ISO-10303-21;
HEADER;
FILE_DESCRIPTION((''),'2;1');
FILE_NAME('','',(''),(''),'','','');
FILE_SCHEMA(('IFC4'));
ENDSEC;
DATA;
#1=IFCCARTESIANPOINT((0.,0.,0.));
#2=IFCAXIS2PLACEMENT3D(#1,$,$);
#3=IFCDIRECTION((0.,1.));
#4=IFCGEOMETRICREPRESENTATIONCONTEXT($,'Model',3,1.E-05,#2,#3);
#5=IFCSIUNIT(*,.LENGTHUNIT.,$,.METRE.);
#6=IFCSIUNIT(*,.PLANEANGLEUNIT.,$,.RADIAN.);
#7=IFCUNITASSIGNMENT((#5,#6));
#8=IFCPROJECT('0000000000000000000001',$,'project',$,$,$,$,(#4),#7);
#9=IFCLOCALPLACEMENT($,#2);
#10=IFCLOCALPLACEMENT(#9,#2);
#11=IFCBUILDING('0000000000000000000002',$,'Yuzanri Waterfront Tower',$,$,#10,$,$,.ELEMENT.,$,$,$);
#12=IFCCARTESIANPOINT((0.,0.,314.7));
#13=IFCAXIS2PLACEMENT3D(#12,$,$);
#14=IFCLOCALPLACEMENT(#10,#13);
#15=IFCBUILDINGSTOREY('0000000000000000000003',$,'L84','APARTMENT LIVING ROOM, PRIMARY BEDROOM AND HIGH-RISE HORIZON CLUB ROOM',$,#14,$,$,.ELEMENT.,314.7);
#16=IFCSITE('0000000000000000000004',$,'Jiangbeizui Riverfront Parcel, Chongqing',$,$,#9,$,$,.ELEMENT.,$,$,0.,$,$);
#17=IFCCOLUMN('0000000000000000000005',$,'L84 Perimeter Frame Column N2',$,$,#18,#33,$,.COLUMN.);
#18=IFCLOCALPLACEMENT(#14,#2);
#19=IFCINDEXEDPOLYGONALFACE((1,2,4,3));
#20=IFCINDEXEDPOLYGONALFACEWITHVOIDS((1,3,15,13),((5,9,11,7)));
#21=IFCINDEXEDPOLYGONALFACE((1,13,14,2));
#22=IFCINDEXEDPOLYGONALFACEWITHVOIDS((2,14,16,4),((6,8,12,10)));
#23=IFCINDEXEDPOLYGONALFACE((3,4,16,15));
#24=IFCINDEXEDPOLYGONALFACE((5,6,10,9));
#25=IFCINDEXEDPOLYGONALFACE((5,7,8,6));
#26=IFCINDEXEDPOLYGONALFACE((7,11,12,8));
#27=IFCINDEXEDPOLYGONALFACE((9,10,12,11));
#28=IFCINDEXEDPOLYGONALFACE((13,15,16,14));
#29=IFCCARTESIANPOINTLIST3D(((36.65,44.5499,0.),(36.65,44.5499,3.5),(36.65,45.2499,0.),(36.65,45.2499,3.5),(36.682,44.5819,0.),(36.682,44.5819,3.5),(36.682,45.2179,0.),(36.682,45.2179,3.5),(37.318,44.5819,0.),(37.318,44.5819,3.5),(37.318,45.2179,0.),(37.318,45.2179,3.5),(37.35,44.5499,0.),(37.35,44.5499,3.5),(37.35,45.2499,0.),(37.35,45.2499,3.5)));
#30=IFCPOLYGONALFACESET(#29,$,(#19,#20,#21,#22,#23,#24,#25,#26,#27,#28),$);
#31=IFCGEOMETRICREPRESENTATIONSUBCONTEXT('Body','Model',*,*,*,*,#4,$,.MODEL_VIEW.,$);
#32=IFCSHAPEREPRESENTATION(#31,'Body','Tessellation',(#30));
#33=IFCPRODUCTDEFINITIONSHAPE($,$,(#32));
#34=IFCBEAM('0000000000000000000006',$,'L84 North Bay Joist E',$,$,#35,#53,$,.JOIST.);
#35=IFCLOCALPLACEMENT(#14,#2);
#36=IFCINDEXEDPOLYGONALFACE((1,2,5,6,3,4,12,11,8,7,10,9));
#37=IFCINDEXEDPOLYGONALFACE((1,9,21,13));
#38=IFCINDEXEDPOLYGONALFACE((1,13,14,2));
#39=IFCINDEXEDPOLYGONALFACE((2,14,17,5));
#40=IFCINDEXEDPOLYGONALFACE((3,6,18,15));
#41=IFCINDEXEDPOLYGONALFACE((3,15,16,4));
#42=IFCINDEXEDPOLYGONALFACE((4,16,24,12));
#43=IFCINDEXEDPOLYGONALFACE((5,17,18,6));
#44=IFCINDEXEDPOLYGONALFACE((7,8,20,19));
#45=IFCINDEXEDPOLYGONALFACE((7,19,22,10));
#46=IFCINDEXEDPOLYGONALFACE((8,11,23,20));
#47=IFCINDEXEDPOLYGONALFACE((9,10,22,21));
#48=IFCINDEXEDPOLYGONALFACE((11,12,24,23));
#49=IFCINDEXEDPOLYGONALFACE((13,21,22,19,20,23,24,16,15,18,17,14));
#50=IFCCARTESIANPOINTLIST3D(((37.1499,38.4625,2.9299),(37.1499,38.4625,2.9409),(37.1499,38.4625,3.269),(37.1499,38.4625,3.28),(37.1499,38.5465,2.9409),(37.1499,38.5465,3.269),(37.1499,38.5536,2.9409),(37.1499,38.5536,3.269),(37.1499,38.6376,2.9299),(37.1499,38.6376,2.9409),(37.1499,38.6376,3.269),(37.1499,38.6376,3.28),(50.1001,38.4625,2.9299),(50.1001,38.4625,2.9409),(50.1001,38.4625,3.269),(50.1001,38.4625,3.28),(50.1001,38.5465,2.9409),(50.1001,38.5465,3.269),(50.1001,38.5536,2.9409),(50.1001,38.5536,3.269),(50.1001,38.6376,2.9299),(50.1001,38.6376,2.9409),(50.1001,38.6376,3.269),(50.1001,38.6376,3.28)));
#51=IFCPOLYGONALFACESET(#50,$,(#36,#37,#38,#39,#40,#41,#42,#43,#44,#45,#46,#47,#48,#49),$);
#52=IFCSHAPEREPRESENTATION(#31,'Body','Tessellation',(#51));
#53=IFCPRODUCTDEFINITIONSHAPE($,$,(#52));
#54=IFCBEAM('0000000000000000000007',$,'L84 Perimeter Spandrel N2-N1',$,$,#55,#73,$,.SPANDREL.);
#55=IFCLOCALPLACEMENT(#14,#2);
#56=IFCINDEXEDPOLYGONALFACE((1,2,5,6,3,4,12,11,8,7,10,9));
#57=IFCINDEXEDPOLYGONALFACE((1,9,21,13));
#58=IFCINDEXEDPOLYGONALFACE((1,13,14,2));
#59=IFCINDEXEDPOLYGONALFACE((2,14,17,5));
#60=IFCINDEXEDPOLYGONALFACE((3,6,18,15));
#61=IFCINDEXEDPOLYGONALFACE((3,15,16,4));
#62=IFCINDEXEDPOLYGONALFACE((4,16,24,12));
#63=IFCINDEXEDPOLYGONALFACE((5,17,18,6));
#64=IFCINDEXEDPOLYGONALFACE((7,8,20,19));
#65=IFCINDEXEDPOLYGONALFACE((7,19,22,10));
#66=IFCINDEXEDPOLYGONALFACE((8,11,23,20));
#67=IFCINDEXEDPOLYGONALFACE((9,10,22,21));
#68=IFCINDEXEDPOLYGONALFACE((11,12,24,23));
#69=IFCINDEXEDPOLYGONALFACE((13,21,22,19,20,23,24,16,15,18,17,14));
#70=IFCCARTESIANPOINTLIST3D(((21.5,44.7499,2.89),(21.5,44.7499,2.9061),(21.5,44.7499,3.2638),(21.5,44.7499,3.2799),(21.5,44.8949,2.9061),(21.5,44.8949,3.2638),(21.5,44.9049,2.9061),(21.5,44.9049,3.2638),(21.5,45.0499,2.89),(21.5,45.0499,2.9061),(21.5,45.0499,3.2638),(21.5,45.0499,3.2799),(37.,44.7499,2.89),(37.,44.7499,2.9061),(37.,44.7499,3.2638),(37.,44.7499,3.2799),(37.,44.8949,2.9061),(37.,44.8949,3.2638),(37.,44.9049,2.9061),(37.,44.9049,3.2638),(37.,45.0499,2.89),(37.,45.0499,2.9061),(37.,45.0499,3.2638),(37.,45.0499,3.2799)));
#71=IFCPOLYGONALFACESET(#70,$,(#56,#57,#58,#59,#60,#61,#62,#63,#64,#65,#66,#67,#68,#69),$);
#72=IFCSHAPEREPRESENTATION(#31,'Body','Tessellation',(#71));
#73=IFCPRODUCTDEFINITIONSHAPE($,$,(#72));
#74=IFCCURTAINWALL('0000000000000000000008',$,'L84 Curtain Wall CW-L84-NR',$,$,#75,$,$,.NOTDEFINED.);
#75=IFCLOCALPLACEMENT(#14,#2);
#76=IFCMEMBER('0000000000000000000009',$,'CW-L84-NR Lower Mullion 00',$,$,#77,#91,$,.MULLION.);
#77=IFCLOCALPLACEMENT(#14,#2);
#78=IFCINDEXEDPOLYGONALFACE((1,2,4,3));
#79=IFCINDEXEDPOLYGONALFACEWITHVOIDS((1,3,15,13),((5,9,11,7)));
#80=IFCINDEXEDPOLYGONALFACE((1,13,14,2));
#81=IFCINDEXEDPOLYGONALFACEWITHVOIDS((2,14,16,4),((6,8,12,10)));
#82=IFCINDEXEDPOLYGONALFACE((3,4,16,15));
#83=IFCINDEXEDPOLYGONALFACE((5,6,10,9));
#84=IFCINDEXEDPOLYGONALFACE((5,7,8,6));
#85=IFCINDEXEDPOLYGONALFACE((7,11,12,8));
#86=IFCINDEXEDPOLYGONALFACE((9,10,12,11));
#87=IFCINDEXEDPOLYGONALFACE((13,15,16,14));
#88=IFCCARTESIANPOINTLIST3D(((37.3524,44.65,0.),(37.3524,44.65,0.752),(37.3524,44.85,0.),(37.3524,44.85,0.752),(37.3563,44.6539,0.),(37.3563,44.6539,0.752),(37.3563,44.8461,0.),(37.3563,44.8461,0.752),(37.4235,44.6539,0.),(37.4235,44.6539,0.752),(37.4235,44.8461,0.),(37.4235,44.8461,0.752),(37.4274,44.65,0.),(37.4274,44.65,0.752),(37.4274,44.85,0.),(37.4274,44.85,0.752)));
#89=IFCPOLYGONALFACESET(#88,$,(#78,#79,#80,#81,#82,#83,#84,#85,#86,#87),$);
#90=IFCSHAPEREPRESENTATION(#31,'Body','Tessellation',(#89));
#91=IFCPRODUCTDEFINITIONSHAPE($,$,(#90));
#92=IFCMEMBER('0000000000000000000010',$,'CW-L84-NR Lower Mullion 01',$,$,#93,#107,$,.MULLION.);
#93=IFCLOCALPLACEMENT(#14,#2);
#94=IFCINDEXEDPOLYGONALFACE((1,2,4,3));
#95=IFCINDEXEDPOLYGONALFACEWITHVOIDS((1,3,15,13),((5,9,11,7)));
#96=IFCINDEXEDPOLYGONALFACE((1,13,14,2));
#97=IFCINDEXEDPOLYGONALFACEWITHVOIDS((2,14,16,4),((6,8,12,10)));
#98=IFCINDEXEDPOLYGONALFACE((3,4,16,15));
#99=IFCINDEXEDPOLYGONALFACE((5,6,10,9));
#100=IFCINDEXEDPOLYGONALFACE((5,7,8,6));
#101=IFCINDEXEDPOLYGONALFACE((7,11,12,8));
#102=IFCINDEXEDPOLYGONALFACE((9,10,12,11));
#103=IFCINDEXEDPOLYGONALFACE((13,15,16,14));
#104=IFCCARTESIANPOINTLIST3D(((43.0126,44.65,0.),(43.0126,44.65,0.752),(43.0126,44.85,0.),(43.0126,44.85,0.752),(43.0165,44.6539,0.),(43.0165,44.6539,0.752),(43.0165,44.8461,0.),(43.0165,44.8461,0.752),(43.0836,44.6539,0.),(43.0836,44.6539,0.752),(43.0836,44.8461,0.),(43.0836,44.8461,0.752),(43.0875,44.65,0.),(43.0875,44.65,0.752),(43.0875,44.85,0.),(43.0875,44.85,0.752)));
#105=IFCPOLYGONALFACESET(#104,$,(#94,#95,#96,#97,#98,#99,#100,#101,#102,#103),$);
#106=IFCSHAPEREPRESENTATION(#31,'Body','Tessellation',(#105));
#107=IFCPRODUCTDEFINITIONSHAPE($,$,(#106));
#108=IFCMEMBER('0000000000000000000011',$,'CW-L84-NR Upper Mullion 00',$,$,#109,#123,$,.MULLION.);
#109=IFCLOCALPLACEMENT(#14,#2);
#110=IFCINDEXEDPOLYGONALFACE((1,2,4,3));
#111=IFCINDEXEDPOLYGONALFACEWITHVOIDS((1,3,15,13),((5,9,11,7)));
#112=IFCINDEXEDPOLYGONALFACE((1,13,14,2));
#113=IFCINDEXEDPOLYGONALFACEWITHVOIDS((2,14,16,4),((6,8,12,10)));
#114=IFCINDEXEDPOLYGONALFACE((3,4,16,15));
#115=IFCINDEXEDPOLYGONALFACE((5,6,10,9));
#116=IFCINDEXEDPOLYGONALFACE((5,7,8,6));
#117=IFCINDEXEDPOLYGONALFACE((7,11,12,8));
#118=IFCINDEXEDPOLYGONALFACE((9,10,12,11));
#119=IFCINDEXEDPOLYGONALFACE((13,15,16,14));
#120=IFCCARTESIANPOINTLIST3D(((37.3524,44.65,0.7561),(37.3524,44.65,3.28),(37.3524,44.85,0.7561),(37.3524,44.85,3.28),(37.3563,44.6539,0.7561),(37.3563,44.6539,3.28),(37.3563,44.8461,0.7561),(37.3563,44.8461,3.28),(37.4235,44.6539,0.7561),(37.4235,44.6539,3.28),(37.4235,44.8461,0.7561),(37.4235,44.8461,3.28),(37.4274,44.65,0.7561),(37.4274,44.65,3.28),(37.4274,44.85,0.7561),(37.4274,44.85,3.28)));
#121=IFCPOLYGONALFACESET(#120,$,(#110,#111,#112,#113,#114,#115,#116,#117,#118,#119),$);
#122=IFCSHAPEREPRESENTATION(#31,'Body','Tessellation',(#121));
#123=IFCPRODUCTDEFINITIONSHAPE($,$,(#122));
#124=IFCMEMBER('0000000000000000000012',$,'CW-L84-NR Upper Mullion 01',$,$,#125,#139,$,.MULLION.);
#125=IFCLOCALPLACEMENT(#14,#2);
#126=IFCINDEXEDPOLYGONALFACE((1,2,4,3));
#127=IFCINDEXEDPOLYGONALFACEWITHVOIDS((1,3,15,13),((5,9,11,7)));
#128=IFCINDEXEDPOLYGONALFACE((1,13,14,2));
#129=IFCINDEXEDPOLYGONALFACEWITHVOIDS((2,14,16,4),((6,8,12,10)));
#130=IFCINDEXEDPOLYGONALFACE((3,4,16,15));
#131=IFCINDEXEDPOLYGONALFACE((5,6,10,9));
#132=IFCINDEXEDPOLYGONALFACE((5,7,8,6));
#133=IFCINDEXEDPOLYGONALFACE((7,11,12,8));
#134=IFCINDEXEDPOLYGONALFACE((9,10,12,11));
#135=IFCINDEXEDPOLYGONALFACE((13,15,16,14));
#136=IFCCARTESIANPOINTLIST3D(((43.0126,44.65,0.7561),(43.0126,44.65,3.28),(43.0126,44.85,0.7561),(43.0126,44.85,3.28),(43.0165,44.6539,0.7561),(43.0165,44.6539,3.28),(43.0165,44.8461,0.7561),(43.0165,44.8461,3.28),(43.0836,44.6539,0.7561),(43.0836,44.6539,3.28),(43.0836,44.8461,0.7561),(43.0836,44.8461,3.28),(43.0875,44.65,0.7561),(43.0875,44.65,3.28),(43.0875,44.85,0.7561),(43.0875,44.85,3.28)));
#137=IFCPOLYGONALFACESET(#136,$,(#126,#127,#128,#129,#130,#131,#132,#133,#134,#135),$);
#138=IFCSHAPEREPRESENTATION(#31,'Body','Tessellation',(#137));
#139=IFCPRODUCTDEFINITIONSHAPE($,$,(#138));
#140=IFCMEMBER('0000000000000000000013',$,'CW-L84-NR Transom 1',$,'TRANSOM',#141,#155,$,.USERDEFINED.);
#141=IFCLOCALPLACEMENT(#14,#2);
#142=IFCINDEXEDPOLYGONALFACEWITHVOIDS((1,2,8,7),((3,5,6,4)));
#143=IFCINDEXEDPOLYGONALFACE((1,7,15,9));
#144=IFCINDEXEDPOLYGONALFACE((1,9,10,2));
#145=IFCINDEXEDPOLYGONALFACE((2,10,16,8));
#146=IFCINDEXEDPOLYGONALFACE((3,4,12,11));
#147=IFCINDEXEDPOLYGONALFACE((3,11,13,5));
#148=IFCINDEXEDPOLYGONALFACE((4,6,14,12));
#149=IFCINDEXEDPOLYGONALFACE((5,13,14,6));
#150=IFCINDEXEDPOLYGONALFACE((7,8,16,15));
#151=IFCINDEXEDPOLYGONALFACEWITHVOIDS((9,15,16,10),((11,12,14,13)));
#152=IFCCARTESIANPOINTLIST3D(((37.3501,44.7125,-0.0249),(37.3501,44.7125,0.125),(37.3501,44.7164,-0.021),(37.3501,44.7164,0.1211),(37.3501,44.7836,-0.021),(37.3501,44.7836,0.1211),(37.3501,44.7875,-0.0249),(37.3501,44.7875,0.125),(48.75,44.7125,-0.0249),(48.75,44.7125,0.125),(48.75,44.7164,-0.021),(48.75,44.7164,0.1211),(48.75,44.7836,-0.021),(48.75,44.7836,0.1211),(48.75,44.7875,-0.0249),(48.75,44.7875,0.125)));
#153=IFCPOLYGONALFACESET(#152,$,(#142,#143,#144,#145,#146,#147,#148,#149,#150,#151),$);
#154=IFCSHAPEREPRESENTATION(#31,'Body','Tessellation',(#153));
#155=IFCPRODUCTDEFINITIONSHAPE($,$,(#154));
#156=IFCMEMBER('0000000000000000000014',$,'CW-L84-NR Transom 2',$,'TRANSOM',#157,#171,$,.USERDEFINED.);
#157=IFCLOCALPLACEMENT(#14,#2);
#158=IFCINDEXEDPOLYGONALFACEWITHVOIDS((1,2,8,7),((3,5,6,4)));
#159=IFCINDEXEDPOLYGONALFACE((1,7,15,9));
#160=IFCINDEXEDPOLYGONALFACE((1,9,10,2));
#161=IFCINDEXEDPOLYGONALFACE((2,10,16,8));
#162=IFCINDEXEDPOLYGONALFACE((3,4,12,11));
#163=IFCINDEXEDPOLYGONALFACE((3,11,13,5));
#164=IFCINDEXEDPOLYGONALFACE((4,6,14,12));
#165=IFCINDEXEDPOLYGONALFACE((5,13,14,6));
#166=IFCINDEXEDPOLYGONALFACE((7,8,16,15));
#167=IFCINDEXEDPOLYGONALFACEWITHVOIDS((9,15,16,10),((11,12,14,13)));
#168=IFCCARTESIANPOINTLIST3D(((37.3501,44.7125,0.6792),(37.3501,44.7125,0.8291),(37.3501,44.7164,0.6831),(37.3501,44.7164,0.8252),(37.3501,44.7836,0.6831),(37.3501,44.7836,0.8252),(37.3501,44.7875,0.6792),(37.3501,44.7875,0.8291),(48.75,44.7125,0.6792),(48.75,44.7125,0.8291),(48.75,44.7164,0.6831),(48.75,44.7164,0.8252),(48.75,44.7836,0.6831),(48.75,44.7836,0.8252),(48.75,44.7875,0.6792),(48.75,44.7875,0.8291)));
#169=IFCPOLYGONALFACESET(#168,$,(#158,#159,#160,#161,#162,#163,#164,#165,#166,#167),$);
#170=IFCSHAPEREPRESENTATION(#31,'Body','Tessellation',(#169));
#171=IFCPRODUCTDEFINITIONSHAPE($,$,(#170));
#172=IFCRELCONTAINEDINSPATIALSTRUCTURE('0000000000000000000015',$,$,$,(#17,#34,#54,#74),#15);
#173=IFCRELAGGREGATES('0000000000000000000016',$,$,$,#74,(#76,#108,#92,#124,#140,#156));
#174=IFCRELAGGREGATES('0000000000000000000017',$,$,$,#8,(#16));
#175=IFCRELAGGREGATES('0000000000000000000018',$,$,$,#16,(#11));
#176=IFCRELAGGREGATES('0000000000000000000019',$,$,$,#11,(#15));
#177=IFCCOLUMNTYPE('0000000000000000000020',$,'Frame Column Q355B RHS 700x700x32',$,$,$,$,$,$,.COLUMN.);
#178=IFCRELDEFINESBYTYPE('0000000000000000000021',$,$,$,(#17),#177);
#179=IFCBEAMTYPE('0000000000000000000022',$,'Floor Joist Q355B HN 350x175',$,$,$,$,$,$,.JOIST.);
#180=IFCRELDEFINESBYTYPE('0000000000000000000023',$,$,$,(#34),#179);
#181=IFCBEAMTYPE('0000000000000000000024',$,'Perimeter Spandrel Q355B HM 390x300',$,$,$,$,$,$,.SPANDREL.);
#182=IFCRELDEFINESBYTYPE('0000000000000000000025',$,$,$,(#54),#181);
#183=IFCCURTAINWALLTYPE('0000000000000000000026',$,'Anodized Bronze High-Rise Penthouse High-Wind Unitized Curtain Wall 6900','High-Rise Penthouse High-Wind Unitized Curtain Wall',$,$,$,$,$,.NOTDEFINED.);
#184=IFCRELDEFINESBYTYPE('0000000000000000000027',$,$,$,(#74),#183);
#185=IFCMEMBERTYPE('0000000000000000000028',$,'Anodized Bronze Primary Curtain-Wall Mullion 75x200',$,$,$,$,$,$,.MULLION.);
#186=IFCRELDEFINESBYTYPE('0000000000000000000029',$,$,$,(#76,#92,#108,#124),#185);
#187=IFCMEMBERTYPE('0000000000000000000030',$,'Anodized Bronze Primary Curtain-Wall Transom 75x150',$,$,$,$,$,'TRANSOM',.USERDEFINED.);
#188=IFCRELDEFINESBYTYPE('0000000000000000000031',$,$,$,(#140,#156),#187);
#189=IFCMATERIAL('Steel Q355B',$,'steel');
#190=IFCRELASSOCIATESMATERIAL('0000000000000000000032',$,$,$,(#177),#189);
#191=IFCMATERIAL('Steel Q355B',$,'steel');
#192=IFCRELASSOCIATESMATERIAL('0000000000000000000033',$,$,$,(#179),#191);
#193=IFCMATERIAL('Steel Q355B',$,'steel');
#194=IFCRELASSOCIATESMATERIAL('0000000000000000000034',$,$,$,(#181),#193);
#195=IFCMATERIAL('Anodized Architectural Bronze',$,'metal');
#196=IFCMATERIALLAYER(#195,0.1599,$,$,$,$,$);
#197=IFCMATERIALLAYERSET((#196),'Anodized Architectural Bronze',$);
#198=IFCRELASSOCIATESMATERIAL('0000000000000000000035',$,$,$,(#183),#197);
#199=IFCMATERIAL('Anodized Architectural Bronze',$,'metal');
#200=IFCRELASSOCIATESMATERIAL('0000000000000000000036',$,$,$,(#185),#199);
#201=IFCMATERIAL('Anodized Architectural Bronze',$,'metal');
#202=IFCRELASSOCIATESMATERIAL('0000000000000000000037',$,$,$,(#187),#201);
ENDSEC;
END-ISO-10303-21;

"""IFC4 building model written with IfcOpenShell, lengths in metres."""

from ifc_helpers import new_model, si_unit, direction, frame, origin, origin_2d, place, context, subcontext, project, spatial, hollow_rectangle, i_section, extrude, source, transform, mapped, material, layer, layer_set, material_profile, profile_set, type_object, element, aggregate, save


model = new_model("IFC4")

# Units and contexts
model_context = context("Model", 3, precision=1e-05, world=origin(), true_north=direction((0.0, 1.0)))
body_context = subcontext(model_context, "Body", "Model", "MODEL_VIEW")
ifc_project = project(units=[si_unit("LENGTHUNIT", "METRE"), si_unit("PLANEANGLEUNIT", "RADIAN")], contexts=[model_context])

# Site, building, storey
site_placement = place(None, origin())
site = spatial("IfcSite", under=ifc_project, at=site_placement, Name="Jiangbeizui Riverfront Parcel, Chongqing", CompositionType="ELEMENT", RefElevation=0.0)
building_placement = place(site_placement, origin())
building = spatial("IfcBuilding", under=site, at=building_placement, Name="Yuzanri Waterfront Tower", CompositionType="ELEMENT")
storey_placement = place(building_placement, frame((0.0, 0.0, 314.7)))
storey = spatial("IfcBuildingStorey", under=building, at=storey_placement, Name="L84", Description="APARTMENT LIVING ROOM, PRIMARY BEDROOM AND HIGH-RISE HORIZON CLUB ROOM", CompositionType="ELEMENT", Elevation=314.7)

# Column
ifc_material_1 = material(Name="Steel Q355B", Category="steel")
ifc_material_profile_1 = material_profile(ifc_material_1, hollow_rectangle(XDim=0.7, YDim=0.7, WallThickness=0.032, at=origin_2d()), Name="RHS 700x700x32")
ifc_profile_set_1 = profile_set([ifc_material_profile_1], Name="Steel Q355B")
column_type = type_object("IfcColumnType", Name="Frame Column Q355B RHS 700x700x32", PredefinedType="COLUMN", material=ifc_profile_set_1)
shared_shape_1 = source(origin(), body_context, "Body", "SweptSolid", [
    extrude(hollow_rectangle(XDim=0.7, YDim=0.7, WallThickness=0.032, at=origin_2d()), origin(), (0.0, 0.0, 1.0), 3.5),
])
column_placement = place(storey_placement, frame((37.0, 44.8999, 0.0), z_axis=(0.0, 0.0, 1.0), x_axis=(1.0, 0.0, 0.0)))
element("IfcColumn", 1, at=column_placement, inside=storey, type_object=column_type, Name="L84 Perimeter Frame Column N2", PredefinedType="COLUMN", context=body_context, shape_type="MappedRepresentation", body=[
    mapped(shared_shape_1, transform((0.0, 0.0, 0.0), scale=1.0)),
])

# Beams
ifc_material_2 = material(Name="Steel Q355B", Category="steel")
ifc_material_profile_2 = material_profile(ifc_material_2, i_section(OverallWidth=0.175, OverallDepth=0.3501, WebThickness=0.0071, FlangeThickness=0.011, at=origin_2d()), Name="HN 350x175x7x11")
ifc_profile_set_2 = profile_set([ifc_material_profile_2], Name="Steel Q355B")
beam_type_1 = type_object("IfcBeamType", Name="Floor Joist Q355B HN 350x175", PredefinedType="JOIST", material=ifc_profile_set_2)
shared_shape_2 = source(origin(), body_context, "Body", "SweptSolid", [
    extrude(i_section(OverallWidth=0.175, OverallDepth=0.3501, WebThickness=0.0071, FlangeThickness=0.011, at=origin_2d()), origin(), (0.0, 0.0, 1.0), 12.9502),
])
beam_1_placement = place(storey_placement, frame((37.1499, 38.55, 3.105), z_axis=(1.0, 0.0, 0.0), x_axis=(0.0, 1.0, 0.0)))
element("IfcBeam", 2, at=beam_1_placement, inside=storey, type_object=beam_type_1, Name="L84 North Bay Joist E", PredefinedType="JOIST", context=body_context, shape_type="MappedRepresentation", body=[
    mapped(shared_shape_2, transform((0.0, 0.0, 0.0), scale=1.0)),
])
ifc_material_3 = material(Name="Steel Q355B", Category="steel")
ifc_material_profile_3 = material_profile(ifc_material_3, i_section(OverallWidth=0.3, OverallDepth=0.3899, WebThickness=0.01, FlangeThickness=0.0161, at=origin_2d()), Name="HM 390x300x10x16")
ifc_profile_set_3 = profile_set([ifc_material_profile_3], Name="Steel Q355B")
beam_type_2 = type_object("IfcBeamType", Name="Perimeter Spandrel Q355B HM 390x300", PredefinedType="SPANDREL", material=ifc_profile_set_3)
shared_shape_3 = source(origin(), body_context, "Body", "SweptSolid", [
    extrude(i_section(OverallWidth=0.3, OverallDepth=0.3899, WebThickness=0.01, FlangeThickness=0.0161, at=origin_2d()), origin(), (0.0, 0.0, 1.0), 15.5),
])
beam_2_placement = place(storey_placement, frame((37.0, 44.8999, 3.085), z_axis=(-1.0, 0.0, 0.0), x_axis=(0.0, -1.0, 0.0)))
element("IfcBeam", 3, at=beam_2_placement, inside=storey, type_object=beam_type_2, Name="L84 Perimeter Spandrel N2-N1", PredefinedType="SPANDREL", context=body_context, shape_type="MappedRepresentation", body=[
    mapped(shared_shape_3, transform((0.0, 0.0, 0.0), scale=1.0)),
])

# Curtain wall, members
ifc_material_4 = material(Name="Anodized Architectural Bronze", Category="metal")
ifc_layer_1 = layer(ifc_material_4, 0.1599)
ifc_layer_set_1 = layer_set([ifc_layer_1], Name="Anodized Architectural Bronze")
curtain_wall_type = type_object("IfcCurtainWallType", Name="Anodized Bronze High-Rise Penthouse High-Wind Unitized Curtain Wall 6900", Description="High-Rise Penthouse High-Wind Unitized Curtain Wall", PredefinedType="NOTDEFINED", material=ifc_layer_set_1)
curtain_wall_placement = place(storey_placement, origin())
curtain_wall = element("IfcCurtainWall", 4, at=curtain_wall_placement, inside=storey, type_object=curtain_wall_type, Name="L84 Curtain Wall CW-L84-NR", PredefinedType="NOTDEFINED")
ifc_material_5 = material(Name="Anodized Architectural Bronze", Category="metal")
ifc_material_profile_4 = material_profile(ifc_material_5, hollow_rectangle(XDim=0.075, YDim=0.2, WallThickness=0.0039, at=origin_2d()), Name="CWM 75x200")
ifc_profile_set_4 = profile_set([ifc_material_profile_4], Name="Anodized Architectural Bronze")
member_type_1 = type_object("IfcMemberType", Name="Anodized Bronze Primary Curtain-Wall Mullion 75x200", PredefinedType="MULLION", material=ifc_profile_set_4)
shared_shape_4 = source(origin(), body_context, "Body", "SweptSolid", [
    extrude(hollow_rectangle(XDim=0.075, YDim=0.2, WallThickness=0.0039, at=origin_2d()), origin(), (0.0, 0.0, 1.0), 0.752),
])
member_1_placement = place(storey_placement, frame((37.3899, 44.75, 0.0), z_axis=(0.0, 0.0, 1.0), x_axis=(1.0, 0.0, 0.0)))
member_1 = element("IfcMember", 5, at=member_1_placement, type_object=member_type_1, Name="CW-L84-NR Lower Mullion 00", PredefinedType="MULLION", context=body_context, shape_type="MappedRepresentation", body=[
    mapped(shared_shape_4, transform((0.0, 0.0, 0.0), scale=1.0)),
])
member_2_placement = place(storey_placement, frame((43.05, 44.75, 0.0), z_axis=(0.0, 0.0, 1.0), x_axis=(1.0, 0.0, 0.0)))
member_2 = element("IfcMember", 6, at=member_2_placement, type_object=member_type_1, Name="CW-L84-NR Lower Mullion 01", PredefinedType="MULLION", context=body_context, shape_type="MappedRepresentation", body=[
    mapped(shared_shape_4, transform((0.0, 0.0, 0.0), scale=1.0)),
])
shared_shape_5 = source(origin(), body_context, "Body", "SweptSolid", [
    extrude(hollow_rectangle(XDim=0.075, YDim=0.2, WallThickness=0.0039, at=origin_2d()), origin(), (0.0, 0.0, 1.0), 2.5239),
])
member_3_placement = place(storey_placement, frame((37.3899, 44.75, 0.7561), z_axis=(0.0, 0.0, 1.0), x_axis=(1.0, 0.0, 0.0)))
member_3 = element("IfcMember", 7, at=member_3_placement, type_object=member_type_1, Name="CW-L84-NR Upper Mullion 00", PredefinedType="MULLION", context=body_context, shape_type="MappedRepresentation", body=[
    mapped(shared_shape_5, transform((0.0, 0.0, 0.0), scale=1.0)),
])
member_4_placement = place(storey_placement, frame((43.05, 44.75, 0.7561), z_axis=(0.0, 0.0, 1.0), x_axis=(1.0, 0.0, 0.0)))
member_4 = element("IfcMember", 8, at=member_4_placement, type_object=member_type_1, Name="CW-L84-NR Upper Mullion 01", PredefinedType="MULLION", context=body_context, shape_type="MappedRepresentation", body=[
    mapped(shared_shape_5, transform((0.0, 0.0, 0.0), scale=1.0)),
])
ifc_material_6 = material(Name="Anodized Architectural Bronze", Category="metal")
ifc_material_profile_5 = material_profile(ifc_material_6, hollow_rectangle(XDim=0.075, YDim=0.1499, WallThickness=0.0039, at=origin_2d()), Name="CWT 75x150")
ifc_profile_set_5 = profile_set([ifc_material_profile_5], Name="Anodized Architectural Bronze")
member_type_2 = type_object("IfcMemberType", Name="Anodized Bronze Primary Curtain-Wall Transom 75x150", ElementType="TRANSOM", PredefinedType="USERDEFINED", material=ifc_profile_set_5)
shared_shape_6 = source(origin(), body_context, "Body", "SweptSolid", [
    extrude(hollow_rectangle(XDim=0.075, YDim=0.1499, WallThickness=0.0039, at=origin_2d()), origin(), (0.0, 0.0, 1.0), 11.3999),
])
member_5_placement = place(storey_placement, frame((37.3501, 44.75, 0.05), z_axis=(1.0, 0.0, 0.0), x_axis=(0.0, 1.0, 0.0)))
member_5 = element("IfcMember", 9, at=member_5_placement, type_object=member_type_2, Name="CW-L84-NR Transom 1", ObjectType="TRANSOM", PredefinedType="USERDEFINED", context=body_context, shape_type="MappedRepresentation", body=[
    mapped(shared_shape_6, transform((0.0, 0.0, 0.0), scale=1.0)),
])
member_6_placement = place(storey_placement, frame((37.3501, 44.75, 0.7542), z_axis=(1.0, 0.0, 0.0), x_axis=(0.0, 1.0, 0.0)))
member_6 = element("IfcMember", 10, at=member_6_placement, type_object=member_type_2, Name="CW-L84-NR Transom 2", ObjectType="TRANSOM", PredefinedType="USERDEFINED", context=body_context, shape_type="MappedRepresentation", body=[
    mapped(shared_shape_6, transform((0.0, 0.0, 0.0), scale=1.0)),
])
aggregate(curtain_wall, [member_1, member_3, member_2, member_4, member_5, member_6])

save(model, "model.ifc")
